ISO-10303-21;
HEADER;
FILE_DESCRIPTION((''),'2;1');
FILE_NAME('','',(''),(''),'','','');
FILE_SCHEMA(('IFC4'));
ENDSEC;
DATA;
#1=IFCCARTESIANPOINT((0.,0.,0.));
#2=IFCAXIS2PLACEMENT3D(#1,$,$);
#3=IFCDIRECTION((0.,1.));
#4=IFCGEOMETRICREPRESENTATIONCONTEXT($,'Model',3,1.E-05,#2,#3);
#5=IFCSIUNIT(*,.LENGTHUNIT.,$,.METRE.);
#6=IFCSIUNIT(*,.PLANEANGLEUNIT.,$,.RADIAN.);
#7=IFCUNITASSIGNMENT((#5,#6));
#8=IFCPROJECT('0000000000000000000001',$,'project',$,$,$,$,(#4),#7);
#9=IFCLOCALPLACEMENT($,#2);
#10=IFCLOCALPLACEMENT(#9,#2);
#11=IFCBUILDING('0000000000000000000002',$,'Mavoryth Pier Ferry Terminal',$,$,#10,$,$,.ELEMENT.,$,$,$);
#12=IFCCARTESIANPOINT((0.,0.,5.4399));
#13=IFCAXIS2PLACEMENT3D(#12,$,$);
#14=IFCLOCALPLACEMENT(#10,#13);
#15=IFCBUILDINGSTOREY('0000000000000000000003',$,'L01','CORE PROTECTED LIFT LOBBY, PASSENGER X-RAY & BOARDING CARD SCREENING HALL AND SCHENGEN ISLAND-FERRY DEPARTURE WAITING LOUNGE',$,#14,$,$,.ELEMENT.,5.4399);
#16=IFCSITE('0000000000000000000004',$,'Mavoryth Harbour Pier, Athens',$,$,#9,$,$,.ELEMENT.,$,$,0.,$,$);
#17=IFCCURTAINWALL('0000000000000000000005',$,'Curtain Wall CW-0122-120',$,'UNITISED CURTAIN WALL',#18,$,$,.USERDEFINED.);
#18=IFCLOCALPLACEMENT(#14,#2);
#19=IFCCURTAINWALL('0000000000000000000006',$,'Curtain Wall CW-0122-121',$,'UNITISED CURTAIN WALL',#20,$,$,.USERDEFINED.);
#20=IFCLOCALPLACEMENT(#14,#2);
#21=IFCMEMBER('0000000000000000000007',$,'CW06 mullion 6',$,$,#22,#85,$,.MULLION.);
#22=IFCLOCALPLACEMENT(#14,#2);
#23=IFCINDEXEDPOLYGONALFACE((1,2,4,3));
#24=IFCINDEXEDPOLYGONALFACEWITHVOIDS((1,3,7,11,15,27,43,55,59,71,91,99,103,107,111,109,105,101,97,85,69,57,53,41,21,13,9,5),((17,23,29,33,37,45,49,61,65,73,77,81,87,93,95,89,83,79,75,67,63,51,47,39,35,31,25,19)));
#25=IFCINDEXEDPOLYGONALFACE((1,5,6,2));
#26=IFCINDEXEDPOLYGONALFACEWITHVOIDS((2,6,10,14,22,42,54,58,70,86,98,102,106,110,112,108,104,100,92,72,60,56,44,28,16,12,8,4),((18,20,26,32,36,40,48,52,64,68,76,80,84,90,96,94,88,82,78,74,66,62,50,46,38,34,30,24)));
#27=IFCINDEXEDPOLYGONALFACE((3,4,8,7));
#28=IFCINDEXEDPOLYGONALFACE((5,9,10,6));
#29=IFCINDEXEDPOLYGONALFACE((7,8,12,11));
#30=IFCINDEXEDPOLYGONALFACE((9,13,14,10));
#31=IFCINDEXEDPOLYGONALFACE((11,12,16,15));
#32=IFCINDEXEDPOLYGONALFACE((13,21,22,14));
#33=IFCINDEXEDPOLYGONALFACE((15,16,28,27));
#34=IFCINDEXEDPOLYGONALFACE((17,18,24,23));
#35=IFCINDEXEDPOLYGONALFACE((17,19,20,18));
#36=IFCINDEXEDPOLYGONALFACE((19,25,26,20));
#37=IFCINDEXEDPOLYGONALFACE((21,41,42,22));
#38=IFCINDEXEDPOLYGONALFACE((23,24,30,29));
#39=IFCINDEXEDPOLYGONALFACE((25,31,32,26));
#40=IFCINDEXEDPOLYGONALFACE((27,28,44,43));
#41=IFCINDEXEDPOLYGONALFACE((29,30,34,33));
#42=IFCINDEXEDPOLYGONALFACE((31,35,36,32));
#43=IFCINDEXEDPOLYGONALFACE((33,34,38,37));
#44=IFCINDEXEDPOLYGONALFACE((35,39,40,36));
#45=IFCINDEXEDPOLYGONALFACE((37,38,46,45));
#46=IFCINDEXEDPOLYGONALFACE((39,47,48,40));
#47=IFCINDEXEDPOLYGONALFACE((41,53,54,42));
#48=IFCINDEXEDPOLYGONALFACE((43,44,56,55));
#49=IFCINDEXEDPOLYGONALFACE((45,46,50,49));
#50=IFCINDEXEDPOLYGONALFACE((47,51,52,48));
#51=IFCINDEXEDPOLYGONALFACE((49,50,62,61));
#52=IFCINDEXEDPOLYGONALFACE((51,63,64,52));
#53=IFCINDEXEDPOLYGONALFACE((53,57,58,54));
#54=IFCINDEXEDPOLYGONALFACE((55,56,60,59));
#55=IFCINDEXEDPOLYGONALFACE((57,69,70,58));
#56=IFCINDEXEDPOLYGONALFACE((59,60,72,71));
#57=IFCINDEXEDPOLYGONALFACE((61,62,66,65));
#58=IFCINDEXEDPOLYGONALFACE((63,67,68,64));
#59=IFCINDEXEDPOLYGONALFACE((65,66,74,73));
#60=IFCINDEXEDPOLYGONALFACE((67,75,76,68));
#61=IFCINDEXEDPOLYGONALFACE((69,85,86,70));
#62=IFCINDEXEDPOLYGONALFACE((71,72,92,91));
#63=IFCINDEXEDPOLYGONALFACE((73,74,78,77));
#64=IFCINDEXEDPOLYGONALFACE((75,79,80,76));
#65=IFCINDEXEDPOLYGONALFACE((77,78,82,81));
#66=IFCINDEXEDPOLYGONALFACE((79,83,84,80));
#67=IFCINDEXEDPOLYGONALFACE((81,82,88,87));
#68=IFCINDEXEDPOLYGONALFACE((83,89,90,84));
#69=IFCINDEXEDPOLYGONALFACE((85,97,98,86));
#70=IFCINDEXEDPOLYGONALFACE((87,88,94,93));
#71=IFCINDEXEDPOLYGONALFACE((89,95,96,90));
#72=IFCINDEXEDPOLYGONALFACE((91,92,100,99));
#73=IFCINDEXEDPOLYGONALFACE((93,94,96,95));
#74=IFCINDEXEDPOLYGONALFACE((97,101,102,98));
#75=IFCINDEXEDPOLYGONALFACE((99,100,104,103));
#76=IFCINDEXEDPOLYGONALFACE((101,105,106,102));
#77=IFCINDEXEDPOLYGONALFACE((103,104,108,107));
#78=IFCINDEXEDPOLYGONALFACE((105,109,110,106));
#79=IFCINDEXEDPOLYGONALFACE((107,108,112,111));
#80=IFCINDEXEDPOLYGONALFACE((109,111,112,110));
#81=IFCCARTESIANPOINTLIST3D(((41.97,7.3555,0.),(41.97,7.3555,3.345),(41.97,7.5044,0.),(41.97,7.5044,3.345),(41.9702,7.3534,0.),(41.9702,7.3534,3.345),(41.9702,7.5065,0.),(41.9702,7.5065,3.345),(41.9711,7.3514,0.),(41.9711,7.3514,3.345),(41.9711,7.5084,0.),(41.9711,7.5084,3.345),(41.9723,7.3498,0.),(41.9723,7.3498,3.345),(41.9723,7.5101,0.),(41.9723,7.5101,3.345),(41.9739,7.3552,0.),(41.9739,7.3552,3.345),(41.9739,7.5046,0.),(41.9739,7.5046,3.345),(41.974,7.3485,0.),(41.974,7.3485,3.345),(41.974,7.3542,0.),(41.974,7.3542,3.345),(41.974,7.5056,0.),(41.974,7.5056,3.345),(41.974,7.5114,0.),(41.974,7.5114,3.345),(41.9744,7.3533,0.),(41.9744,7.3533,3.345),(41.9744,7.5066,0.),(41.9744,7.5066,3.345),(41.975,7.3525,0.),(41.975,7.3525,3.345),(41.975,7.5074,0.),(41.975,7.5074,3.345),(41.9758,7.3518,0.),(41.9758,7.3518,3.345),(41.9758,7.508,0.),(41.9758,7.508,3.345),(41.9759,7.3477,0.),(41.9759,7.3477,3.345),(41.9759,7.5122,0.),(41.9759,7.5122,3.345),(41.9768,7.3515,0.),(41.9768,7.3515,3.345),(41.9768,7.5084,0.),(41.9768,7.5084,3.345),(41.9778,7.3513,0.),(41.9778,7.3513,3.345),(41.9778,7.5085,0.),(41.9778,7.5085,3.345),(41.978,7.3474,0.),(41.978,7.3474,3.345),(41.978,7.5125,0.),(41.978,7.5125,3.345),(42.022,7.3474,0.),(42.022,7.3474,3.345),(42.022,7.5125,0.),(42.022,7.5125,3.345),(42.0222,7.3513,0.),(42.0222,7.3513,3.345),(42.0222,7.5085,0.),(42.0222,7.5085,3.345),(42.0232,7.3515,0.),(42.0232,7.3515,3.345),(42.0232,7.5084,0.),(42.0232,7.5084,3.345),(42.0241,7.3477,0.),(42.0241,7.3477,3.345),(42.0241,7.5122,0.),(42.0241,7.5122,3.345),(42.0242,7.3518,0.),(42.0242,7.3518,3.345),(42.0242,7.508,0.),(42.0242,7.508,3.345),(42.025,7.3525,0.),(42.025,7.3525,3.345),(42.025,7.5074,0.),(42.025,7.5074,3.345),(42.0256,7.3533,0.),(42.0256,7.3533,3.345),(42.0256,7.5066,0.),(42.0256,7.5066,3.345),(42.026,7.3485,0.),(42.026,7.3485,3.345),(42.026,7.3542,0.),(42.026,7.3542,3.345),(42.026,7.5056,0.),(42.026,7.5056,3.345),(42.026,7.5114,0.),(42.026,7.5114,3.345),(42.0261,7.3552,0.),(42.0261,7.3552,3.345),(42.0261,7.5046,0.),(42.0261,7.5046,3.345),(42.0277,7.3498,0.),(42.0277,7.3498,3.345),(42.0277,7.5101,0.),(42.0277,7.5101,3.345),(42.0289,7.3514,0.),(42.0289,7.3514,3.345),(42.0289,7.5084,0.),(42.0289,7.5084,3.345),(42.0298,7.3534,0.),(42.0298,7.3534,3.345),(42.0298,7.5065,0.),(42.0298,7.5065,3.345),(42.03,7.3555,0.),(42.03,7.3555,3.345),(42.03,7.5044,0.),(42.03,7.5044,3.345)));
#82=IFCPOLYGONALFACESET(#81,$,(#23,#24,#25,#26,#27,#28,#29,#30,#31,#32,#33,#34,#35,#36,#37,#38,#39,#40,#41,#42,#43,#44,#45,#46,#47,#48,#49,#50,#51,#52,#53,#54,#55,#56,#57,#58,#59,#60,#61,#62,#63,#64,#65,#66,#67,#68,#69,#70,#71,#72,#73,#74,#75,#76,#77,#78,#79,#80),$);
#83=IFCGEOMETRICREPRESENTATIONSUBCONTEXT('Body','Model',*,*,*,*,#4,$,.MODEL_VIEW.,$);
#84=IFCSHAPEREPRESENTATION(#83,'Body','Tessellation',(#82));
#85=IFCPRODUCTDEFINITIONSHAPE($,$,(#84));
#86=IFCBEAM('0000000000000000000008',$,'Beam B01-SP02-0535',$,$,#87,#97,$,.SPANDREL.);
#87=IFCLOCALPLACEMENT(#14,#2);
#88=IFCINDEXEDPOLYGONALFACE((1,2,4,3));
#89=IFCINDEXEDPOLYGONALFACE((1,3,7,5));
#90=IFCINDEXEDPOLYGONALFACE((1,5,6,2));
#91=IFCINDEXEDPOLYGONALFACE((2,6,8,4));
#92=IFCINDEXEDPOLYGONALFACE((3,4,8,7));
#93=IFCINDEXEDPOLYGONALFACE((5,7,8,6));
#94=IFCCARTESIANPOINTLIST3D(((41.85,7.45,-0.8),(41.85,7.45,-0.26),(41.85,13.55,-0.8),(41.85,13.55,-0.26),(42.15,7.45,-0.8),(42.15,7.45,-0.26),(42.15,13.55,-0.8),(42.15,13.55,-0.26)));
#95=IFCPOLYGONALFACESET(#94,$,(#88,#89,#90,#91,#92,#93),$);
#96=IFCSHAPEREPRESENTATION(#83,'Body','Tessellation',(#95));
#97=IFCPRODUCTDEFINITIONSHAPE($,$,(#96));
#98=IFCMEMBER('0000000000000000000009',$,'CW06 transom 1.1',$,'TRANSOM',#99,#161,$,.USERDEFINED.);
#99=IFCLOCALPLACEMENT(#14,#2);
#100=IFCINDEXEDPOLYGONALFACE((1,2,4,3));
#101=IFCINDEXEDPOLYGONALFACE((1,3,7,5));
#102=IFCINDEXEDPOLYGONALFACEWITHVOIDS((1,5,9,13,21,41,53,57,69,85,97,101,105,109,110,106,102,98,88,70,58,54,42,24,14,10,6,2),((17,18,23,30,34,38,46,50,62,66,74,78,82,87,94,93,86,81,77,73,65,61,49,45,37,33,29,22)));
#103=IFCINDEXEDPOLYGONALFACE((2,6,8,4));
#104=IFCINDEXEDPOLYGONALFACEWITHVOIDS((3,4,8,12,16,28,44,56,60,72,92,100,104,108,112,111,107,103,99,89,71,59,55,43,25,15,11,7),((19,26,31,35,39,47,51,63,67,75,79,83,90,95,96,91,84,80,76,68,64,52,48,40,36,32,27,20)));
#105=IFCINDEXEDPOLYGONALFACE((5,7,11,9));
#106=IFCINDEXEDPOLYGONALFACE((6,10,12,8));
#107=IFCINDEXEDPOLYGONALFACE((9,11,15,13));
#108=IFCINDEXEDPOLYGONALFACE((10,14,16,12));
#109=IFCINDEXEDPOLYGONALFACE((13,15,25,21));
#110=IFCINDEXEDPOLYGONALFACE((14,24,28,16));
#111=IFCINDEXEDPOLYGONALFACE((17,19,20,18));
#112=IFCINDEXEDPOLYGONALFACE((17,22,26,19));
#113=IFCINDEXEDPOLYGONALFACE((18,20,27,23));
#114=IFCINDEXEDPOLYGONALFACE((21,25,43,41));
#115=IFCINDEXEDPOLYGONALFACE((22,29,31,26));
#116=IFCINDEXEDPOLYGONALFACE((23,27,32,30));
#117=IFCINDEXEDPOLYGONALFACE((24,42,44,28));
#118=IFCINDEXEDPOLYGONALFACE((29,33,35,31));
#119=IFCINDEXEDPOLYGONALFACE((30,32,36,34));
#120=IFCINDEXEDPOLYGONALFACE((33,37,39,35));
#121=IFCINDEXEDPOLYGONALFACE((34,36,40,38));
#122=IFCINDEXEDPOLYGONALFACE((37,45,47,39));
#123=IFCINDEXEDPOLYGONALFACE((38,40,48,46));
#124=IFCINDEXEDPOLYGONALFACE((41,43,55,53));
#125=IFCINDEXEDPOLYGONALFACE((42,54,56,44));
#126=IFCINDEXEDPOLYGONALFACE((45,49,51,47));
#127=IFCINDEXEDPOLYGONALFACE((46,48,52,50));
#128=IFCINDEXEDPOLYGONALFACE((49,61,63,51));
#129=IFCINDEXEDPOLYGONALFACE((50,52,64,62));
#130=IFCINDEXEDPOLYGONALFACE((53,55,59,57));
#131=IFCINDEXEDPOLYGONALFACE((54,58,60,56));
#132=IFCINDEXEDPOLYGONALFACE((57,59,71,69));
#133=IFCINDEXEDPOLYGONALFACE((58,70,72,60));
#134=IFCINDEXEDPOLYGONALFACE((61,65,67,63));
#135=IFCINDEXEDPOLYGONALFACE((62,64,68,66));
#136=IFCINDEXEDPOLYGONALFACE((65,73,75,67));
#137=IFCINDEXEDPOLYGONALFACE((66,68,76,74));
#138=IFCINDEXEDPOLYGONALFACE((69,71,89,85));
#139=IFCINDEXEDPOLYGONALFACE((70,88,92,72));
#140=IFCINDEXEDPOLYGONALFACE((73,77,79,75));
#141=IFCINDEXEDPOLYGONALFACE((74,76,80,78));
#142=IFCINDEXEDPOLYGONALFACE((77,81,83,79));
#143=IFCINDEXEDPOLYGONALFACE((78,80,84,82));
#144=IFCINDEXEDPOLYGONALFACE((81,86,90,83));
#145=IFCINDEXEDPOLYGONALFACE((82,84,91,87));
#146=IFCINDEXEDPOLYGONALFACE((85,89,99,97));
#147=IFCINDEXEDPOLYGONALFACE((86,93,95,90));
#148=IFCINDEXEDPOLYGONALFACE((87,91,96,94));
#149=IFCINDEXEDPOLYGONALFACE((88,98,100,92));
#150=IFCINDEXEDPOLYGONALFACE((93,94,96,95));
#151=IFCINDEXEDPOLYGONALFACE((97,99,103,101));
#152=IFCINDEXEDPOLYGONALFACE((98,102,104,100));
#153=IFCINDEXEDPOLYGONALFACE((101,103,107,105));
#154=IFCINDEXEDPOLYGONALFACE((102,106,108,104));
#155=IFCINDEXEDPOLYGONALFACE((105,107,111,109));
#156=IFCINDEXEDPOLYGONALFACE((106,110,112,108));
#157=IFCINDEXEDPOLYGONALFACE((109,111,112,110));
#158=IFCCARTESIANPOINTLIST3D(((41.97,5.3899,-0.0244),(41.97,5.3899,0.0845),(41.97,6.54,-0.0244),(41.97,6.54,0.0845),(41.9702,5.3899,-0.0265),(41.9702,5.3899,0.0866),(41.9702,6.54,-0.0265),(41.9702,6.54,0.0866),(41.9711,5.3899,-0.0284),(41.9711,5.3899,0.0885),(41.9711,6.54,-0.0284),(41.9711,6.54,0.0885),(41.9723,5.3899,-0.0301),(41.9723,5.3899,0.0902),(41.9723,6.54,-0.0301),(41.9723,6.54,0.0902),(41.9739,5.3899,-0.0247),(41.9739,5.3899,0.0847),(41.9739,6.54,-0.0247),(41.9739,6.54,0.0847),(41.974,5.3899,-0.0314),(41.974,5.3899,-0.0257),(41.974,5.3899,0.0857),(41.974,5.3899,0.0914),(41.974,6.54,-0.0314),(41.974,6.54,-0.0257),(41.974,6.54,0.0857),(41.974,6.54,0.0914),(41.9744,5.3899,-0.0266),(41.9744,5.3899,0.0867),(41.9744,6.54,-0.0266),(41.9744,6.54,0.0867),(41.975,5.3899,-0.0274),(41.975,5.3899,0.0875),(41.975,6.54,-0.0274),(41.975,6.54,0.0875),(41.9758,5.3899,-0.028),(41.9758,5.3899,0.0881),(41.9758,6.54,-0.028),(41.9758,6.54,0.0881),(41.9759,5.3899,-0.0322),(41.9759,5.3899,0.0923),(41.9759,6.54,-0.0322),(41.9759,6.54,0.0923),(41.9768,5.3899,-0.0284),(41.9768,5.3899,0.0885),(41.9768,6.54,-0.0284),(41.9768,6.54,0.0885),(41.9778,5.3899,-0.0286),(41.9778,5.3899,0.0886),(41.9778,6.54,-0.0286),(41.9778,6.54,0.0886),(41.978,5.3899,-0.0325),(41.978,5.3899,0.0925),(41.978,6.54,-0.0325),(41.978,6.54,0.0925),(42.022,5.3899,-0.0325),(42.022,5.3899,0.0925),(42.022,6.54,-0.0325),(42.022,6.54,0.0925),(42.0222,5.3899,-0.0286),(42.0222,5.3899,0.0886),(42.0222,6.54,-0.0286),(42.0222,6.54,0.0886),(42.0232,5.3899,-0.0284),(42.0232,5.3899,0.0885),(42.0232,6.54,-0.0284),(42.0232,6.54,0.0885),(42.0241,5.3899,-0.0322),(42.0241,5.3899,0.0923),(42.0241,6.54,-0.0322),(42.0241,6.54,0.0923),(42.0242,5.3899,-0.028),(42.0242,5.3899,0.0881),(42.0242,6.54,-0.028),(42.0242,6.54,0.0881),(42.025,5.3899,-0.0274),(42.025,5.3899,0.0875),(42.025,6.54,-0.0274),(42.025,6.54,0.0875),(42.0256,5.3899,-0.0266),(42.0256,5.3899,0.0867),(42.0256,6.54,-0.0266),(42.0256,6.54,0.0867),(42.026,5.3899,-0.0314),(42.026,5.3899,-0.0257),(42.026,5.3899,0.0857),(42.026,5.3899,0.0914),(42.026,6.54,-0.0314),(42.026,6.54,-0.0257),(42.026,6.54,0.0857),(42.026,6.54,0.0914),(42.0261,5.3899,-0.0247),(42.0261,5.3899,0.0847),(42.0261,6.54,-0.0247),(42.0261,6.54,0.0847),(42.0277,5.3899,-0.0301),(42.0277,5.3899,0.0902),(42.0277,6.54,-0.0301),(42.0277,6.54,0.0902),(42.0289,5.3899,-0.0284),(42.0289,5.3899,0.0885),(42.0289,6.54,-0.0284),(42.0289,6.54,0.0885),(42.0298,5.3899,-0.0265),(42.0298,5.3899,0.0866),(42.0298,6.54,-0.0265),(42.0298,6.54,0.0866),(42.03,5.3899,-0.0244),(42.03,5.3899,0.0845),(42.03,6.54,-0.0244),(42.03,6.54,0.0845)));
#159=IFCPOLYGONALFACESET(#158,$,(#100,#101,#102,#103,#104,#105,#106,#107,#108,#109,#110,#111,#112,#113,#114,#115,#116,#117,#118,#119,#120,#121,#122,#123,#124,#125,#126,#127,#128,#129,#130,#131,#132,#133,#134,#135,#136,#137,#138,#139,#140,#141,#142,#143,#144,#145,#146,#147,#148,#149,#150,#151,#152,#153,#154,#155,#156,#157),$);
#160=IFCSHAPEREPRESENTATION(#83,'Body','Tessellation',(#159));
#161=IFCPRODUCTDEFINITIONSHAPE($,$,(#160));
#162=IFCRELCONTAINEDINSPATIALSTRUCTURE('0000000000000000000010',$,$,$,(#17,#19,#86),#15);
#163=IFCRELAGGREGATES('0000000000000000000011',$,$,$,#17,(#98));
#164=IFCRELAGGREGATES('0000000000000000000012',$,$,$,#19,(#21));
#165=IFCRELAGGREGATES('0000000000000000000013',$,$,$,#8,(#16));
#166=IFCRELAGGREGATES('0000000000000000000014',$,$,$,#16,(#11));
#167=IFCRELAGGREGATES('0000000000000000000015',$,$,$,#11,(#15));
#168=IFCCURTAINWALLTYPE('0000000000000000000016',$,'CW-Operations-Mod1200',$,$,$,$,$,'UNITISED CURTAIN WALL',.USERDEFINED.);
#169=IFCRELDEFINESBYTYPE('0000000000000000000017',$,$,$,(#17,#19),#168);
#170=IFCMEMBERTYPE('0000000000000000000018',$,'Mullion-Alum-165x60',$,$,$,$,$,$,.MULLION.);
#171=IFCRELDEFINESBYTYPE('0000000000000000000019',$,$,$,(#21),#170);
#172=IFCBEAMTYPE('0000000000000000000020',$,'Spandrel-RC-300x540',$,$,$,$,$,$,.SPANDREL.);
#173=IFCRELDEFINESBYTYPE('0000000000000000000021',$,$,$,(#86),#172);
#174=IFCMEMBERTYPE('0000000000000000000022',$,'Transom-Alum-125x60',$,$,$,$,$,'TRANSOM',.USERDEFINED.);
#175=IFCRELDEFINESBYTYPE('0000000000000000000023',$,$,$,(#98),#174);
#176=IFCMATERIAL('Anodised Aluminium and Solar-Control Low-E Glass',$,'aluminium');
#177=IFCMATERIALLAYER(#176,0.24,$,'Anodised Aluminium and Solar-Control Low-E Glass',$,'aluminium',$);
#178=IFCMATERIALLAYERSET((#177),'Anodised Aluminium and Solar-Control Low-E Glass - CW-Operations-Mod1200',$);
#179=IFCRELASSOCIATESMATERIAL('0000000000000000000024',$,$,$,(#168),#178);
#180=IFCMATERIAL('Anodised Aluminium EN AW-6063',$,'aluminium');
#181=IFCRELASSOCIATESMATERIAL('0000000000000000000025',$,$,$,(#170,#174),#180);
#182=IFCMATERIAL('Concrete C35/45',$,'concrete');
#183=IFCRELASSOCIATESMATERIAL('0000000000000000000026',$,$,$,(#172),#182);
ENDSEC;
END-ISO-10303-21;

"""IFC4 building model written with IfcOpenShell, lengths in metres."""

from ifc_helpers import new_model, si_unit, direction, frame, origin, origin_2d, place, context, subcontext, project, spatial, rectangle, hollow_rectangle, extrude, material, layer, layer_set, material_profile, profile_set, type_object, element, aggregate, save


model = new_model("IFC4")

# Units and contexts
model_context = context("Model", 3, precision=1e-05, world=origin(), true_north=direction((0.0, 1.0)))
body_context = subcontext(model_context, "Body", "Model", "MODEL_VIEW")
ifc_project = project(units=[si_unit("LENGTHUNIT", "METRE"), si_unit("PLANEANGLEUNIT", "RADIAN")], contexts=[model_context])

# Site, building, storey
site_placement = place(None, origin())
site = spatial("IfcSite", under=ifc_project, at=site_placement, Name="Mavoryth Harbour Pier, Athens", CompositionType="ELEMENT", RefElevation=0.0)
building_placement = place(site_placement, origin())
building = spatial("IfcBuilding", under=site, at=building_placement, Name="Mavoryth Pier Ferry Terminal", CompositionType="ELEMENT")
storey_placement = place(building_placement, frame((0.0, 0.0, 5.4399)))
storey = spatial("IfcBuildingStorey", under=building, at=storey_placement, Name="L01", Description="CORE PROTECTED LIFT LOBBY, PASSENGER X-RAY & BOARDING CARD SCREENING HALL AND SCHENGEN ISLAND-FERRY DEPARTURE WAITING LOUNGE", CompositionType="ELEMENT", Elevation=5.4399)

# Curtain walls, member
ifc_material_1 = material(Name="Anodised Aluminium and Solar-Control Low-E Glass", Category="aluminium")
ifc_layer_1 = layer(ifc_material_1, 0.24, Name="Anodised Aluminium and Solar-Control Low-E Glass", Category="aluminium")
ifc_layer_set_1 = layer_set([ifc_layer_1], Name="Anodised Aluminium and Solar-Control Low-E Glass - CW-Operations-Mod1200")
curtain_wall_type = type_object("IfcCurtainWallType", Name="CW-Operations-Mod1200", ElementType="UNITISED CURTAIN WALL", PredefinedType="USERDEFINED", material=ifc_layer_set_1)
curtain_wall_1_placement = place(storey_placement, origin())
curtain_wall_1 = element("IfcCurtainWall", 1, at=curtain_wall_1_placement, inside=storey, type_object=curtain_wall_type, Name="Curtain Wall CW-0122-120", ObjectType="UNITISED CURTAIN WALL", PredefinedType="USERDEFINED")
ifc_material_2 = material(Name="Anodised Aluminium EN AW-6063", Category="aluminium")
ifc_material_profile_1 = material_profile(ifc_material_2, hollow_rectangle(XDim=0.0601, YDim=0.165, WallThickness=0.0039, InnerFilletRadius=0.0039, OuterFilletRadius=0.0081, at=origin_2d()), Name="AL-MULL 165x60x4", Category="aluminium")
ifc_profile_set_1 = profile_set([ifc_material_profile_1], Name="Anodised Aluminium EN AW-6063 - AL-MULL 165x60x4")
member_type_1 = type_object("IfcMemberType", Name="Mullion-Alum-165x60", PredefinedType="MULLION", material=ifc_profile_set_1)
curtain_wall_2_placement = place(storey_placement, origin())
curtain_wall_2 = element("IfcCurtainWall", 2, at=curtain_wall_2_placement, inside=storey, type_object=curtain_wall_type, Name="Curtain Wall CW-0122-121", ObjectType="UNITISED CURTAIN WALL", PredefinedType="USERDEFINED")
member_1_placement = place(storey_placement, frame((42.0, 7.4299, 0.0), z_axis=(0.0, 0.0, 1.0), x_axis=(1.0, 0.0, 0.0)))
member_1 = element("IfcMember", 3, at=member_1_placement, type_object=member_type_1, Name="CW06 mullion 6", PredefinedType="MULLION", context=body_context, shape_type="SweptSolid", body=[
    extrude(hollow_rectangle(XDim=0.0601, YDim=0.165, WallThickness=0.0039, InnerFilletRadius=0.0039, OuterFilletRadius=0.0081, at=origin_2d()), origin(), (0.0, 0.0, 1.0), 3.345),
])

# Beam
ifc_material_3 = material(Name="Concrete C35/45", Category="concrete")
ifc_material_profile_2 = material_profile(ifc_material_3, rectangle(XDim=0.3, YDim=0.54, at=origin_2d()), Name="RC 300x540", Category="concrete")
ifc_profile_set_2 = profile_set([ifc_material_profile_2], Name="Concrete C35/45 - RC 300x540")
beam_type = type_object("IfcBeamType", Name="Spandrel-RC-300x540", PredefinedType="SPANDREL", material=ifc_profile_set_2)
beam_placement = place(storey_placement, frame((42.0, 7.45, -0.53), z_axis=(0.0, 1.0, 0.0), x_axis=(-1.0, 0.0, 0.0)))
element("IfcBeam", 4, at=beam_placement, inside=storey, type_object=beam_type, Name="Beam B01-SP02-0535", PredefinedType="SPANDREL", context=body_context, shape_type="SweptSolid", body=[
    extrude(rectangle(XDim=0.3, YDim=0.54, at=origin_2d()), origin(), (0.0, 0.0, 1.0), 6.1001),
])

# Member
ifc_material_profile_3 = material_profile(ifc_material_2, hollow_rectangle(XDim=0.0601, YDim=0.125, WallThickness=0.0039, InnerFilletRadius=0.0039, OuterFilletRadius=0.0081, at=origin_2d()), Name="AL-TRAN 125x60x4", Category="aluminium")
ifc_profile_set_3 = profile_set([ifc_material_profile_3], Name="Anodised Aluminium EN AW-6063 - AL-TRAN 125x60x4")
member_type_2 = type_object("IfcMemberType", Name="Transom-Alum-125x60", ElementType="TRANSOM", PredefinedType="USERDEFINED", material=ifc_profile_set_3)
member_2_placement = place(storey_placement, frame((42.0, 6.54, 0.03), z_axis=(0.0, -1.0, 0.0), x_axis=(1.0, 0.0, 0.0)))
member_2 = element("IfcMember", 5, at=member_2_placement, type_object=member_type_2, Name="CW06 transom 1.1", ObjectType="TRANSOM", PredefinedType="USERDEFINED", context=body_context, shape_type="SweptSolid", body=[
    extrude(hollow_rectangle(XDim=0.0601, YDim=0.125, WallThickness=0.0039, InnerFilletRadius=0.0039, OuterFilletRadius=0.0081, at=origin_2d()), origin(), (0.0, 0.0, 1.0), 1.1501),
])

aggregate(curtain_wall_1, [member_2])
aggregate(curtain_wall_2, [member_1])

save(model, "model.ifc")
